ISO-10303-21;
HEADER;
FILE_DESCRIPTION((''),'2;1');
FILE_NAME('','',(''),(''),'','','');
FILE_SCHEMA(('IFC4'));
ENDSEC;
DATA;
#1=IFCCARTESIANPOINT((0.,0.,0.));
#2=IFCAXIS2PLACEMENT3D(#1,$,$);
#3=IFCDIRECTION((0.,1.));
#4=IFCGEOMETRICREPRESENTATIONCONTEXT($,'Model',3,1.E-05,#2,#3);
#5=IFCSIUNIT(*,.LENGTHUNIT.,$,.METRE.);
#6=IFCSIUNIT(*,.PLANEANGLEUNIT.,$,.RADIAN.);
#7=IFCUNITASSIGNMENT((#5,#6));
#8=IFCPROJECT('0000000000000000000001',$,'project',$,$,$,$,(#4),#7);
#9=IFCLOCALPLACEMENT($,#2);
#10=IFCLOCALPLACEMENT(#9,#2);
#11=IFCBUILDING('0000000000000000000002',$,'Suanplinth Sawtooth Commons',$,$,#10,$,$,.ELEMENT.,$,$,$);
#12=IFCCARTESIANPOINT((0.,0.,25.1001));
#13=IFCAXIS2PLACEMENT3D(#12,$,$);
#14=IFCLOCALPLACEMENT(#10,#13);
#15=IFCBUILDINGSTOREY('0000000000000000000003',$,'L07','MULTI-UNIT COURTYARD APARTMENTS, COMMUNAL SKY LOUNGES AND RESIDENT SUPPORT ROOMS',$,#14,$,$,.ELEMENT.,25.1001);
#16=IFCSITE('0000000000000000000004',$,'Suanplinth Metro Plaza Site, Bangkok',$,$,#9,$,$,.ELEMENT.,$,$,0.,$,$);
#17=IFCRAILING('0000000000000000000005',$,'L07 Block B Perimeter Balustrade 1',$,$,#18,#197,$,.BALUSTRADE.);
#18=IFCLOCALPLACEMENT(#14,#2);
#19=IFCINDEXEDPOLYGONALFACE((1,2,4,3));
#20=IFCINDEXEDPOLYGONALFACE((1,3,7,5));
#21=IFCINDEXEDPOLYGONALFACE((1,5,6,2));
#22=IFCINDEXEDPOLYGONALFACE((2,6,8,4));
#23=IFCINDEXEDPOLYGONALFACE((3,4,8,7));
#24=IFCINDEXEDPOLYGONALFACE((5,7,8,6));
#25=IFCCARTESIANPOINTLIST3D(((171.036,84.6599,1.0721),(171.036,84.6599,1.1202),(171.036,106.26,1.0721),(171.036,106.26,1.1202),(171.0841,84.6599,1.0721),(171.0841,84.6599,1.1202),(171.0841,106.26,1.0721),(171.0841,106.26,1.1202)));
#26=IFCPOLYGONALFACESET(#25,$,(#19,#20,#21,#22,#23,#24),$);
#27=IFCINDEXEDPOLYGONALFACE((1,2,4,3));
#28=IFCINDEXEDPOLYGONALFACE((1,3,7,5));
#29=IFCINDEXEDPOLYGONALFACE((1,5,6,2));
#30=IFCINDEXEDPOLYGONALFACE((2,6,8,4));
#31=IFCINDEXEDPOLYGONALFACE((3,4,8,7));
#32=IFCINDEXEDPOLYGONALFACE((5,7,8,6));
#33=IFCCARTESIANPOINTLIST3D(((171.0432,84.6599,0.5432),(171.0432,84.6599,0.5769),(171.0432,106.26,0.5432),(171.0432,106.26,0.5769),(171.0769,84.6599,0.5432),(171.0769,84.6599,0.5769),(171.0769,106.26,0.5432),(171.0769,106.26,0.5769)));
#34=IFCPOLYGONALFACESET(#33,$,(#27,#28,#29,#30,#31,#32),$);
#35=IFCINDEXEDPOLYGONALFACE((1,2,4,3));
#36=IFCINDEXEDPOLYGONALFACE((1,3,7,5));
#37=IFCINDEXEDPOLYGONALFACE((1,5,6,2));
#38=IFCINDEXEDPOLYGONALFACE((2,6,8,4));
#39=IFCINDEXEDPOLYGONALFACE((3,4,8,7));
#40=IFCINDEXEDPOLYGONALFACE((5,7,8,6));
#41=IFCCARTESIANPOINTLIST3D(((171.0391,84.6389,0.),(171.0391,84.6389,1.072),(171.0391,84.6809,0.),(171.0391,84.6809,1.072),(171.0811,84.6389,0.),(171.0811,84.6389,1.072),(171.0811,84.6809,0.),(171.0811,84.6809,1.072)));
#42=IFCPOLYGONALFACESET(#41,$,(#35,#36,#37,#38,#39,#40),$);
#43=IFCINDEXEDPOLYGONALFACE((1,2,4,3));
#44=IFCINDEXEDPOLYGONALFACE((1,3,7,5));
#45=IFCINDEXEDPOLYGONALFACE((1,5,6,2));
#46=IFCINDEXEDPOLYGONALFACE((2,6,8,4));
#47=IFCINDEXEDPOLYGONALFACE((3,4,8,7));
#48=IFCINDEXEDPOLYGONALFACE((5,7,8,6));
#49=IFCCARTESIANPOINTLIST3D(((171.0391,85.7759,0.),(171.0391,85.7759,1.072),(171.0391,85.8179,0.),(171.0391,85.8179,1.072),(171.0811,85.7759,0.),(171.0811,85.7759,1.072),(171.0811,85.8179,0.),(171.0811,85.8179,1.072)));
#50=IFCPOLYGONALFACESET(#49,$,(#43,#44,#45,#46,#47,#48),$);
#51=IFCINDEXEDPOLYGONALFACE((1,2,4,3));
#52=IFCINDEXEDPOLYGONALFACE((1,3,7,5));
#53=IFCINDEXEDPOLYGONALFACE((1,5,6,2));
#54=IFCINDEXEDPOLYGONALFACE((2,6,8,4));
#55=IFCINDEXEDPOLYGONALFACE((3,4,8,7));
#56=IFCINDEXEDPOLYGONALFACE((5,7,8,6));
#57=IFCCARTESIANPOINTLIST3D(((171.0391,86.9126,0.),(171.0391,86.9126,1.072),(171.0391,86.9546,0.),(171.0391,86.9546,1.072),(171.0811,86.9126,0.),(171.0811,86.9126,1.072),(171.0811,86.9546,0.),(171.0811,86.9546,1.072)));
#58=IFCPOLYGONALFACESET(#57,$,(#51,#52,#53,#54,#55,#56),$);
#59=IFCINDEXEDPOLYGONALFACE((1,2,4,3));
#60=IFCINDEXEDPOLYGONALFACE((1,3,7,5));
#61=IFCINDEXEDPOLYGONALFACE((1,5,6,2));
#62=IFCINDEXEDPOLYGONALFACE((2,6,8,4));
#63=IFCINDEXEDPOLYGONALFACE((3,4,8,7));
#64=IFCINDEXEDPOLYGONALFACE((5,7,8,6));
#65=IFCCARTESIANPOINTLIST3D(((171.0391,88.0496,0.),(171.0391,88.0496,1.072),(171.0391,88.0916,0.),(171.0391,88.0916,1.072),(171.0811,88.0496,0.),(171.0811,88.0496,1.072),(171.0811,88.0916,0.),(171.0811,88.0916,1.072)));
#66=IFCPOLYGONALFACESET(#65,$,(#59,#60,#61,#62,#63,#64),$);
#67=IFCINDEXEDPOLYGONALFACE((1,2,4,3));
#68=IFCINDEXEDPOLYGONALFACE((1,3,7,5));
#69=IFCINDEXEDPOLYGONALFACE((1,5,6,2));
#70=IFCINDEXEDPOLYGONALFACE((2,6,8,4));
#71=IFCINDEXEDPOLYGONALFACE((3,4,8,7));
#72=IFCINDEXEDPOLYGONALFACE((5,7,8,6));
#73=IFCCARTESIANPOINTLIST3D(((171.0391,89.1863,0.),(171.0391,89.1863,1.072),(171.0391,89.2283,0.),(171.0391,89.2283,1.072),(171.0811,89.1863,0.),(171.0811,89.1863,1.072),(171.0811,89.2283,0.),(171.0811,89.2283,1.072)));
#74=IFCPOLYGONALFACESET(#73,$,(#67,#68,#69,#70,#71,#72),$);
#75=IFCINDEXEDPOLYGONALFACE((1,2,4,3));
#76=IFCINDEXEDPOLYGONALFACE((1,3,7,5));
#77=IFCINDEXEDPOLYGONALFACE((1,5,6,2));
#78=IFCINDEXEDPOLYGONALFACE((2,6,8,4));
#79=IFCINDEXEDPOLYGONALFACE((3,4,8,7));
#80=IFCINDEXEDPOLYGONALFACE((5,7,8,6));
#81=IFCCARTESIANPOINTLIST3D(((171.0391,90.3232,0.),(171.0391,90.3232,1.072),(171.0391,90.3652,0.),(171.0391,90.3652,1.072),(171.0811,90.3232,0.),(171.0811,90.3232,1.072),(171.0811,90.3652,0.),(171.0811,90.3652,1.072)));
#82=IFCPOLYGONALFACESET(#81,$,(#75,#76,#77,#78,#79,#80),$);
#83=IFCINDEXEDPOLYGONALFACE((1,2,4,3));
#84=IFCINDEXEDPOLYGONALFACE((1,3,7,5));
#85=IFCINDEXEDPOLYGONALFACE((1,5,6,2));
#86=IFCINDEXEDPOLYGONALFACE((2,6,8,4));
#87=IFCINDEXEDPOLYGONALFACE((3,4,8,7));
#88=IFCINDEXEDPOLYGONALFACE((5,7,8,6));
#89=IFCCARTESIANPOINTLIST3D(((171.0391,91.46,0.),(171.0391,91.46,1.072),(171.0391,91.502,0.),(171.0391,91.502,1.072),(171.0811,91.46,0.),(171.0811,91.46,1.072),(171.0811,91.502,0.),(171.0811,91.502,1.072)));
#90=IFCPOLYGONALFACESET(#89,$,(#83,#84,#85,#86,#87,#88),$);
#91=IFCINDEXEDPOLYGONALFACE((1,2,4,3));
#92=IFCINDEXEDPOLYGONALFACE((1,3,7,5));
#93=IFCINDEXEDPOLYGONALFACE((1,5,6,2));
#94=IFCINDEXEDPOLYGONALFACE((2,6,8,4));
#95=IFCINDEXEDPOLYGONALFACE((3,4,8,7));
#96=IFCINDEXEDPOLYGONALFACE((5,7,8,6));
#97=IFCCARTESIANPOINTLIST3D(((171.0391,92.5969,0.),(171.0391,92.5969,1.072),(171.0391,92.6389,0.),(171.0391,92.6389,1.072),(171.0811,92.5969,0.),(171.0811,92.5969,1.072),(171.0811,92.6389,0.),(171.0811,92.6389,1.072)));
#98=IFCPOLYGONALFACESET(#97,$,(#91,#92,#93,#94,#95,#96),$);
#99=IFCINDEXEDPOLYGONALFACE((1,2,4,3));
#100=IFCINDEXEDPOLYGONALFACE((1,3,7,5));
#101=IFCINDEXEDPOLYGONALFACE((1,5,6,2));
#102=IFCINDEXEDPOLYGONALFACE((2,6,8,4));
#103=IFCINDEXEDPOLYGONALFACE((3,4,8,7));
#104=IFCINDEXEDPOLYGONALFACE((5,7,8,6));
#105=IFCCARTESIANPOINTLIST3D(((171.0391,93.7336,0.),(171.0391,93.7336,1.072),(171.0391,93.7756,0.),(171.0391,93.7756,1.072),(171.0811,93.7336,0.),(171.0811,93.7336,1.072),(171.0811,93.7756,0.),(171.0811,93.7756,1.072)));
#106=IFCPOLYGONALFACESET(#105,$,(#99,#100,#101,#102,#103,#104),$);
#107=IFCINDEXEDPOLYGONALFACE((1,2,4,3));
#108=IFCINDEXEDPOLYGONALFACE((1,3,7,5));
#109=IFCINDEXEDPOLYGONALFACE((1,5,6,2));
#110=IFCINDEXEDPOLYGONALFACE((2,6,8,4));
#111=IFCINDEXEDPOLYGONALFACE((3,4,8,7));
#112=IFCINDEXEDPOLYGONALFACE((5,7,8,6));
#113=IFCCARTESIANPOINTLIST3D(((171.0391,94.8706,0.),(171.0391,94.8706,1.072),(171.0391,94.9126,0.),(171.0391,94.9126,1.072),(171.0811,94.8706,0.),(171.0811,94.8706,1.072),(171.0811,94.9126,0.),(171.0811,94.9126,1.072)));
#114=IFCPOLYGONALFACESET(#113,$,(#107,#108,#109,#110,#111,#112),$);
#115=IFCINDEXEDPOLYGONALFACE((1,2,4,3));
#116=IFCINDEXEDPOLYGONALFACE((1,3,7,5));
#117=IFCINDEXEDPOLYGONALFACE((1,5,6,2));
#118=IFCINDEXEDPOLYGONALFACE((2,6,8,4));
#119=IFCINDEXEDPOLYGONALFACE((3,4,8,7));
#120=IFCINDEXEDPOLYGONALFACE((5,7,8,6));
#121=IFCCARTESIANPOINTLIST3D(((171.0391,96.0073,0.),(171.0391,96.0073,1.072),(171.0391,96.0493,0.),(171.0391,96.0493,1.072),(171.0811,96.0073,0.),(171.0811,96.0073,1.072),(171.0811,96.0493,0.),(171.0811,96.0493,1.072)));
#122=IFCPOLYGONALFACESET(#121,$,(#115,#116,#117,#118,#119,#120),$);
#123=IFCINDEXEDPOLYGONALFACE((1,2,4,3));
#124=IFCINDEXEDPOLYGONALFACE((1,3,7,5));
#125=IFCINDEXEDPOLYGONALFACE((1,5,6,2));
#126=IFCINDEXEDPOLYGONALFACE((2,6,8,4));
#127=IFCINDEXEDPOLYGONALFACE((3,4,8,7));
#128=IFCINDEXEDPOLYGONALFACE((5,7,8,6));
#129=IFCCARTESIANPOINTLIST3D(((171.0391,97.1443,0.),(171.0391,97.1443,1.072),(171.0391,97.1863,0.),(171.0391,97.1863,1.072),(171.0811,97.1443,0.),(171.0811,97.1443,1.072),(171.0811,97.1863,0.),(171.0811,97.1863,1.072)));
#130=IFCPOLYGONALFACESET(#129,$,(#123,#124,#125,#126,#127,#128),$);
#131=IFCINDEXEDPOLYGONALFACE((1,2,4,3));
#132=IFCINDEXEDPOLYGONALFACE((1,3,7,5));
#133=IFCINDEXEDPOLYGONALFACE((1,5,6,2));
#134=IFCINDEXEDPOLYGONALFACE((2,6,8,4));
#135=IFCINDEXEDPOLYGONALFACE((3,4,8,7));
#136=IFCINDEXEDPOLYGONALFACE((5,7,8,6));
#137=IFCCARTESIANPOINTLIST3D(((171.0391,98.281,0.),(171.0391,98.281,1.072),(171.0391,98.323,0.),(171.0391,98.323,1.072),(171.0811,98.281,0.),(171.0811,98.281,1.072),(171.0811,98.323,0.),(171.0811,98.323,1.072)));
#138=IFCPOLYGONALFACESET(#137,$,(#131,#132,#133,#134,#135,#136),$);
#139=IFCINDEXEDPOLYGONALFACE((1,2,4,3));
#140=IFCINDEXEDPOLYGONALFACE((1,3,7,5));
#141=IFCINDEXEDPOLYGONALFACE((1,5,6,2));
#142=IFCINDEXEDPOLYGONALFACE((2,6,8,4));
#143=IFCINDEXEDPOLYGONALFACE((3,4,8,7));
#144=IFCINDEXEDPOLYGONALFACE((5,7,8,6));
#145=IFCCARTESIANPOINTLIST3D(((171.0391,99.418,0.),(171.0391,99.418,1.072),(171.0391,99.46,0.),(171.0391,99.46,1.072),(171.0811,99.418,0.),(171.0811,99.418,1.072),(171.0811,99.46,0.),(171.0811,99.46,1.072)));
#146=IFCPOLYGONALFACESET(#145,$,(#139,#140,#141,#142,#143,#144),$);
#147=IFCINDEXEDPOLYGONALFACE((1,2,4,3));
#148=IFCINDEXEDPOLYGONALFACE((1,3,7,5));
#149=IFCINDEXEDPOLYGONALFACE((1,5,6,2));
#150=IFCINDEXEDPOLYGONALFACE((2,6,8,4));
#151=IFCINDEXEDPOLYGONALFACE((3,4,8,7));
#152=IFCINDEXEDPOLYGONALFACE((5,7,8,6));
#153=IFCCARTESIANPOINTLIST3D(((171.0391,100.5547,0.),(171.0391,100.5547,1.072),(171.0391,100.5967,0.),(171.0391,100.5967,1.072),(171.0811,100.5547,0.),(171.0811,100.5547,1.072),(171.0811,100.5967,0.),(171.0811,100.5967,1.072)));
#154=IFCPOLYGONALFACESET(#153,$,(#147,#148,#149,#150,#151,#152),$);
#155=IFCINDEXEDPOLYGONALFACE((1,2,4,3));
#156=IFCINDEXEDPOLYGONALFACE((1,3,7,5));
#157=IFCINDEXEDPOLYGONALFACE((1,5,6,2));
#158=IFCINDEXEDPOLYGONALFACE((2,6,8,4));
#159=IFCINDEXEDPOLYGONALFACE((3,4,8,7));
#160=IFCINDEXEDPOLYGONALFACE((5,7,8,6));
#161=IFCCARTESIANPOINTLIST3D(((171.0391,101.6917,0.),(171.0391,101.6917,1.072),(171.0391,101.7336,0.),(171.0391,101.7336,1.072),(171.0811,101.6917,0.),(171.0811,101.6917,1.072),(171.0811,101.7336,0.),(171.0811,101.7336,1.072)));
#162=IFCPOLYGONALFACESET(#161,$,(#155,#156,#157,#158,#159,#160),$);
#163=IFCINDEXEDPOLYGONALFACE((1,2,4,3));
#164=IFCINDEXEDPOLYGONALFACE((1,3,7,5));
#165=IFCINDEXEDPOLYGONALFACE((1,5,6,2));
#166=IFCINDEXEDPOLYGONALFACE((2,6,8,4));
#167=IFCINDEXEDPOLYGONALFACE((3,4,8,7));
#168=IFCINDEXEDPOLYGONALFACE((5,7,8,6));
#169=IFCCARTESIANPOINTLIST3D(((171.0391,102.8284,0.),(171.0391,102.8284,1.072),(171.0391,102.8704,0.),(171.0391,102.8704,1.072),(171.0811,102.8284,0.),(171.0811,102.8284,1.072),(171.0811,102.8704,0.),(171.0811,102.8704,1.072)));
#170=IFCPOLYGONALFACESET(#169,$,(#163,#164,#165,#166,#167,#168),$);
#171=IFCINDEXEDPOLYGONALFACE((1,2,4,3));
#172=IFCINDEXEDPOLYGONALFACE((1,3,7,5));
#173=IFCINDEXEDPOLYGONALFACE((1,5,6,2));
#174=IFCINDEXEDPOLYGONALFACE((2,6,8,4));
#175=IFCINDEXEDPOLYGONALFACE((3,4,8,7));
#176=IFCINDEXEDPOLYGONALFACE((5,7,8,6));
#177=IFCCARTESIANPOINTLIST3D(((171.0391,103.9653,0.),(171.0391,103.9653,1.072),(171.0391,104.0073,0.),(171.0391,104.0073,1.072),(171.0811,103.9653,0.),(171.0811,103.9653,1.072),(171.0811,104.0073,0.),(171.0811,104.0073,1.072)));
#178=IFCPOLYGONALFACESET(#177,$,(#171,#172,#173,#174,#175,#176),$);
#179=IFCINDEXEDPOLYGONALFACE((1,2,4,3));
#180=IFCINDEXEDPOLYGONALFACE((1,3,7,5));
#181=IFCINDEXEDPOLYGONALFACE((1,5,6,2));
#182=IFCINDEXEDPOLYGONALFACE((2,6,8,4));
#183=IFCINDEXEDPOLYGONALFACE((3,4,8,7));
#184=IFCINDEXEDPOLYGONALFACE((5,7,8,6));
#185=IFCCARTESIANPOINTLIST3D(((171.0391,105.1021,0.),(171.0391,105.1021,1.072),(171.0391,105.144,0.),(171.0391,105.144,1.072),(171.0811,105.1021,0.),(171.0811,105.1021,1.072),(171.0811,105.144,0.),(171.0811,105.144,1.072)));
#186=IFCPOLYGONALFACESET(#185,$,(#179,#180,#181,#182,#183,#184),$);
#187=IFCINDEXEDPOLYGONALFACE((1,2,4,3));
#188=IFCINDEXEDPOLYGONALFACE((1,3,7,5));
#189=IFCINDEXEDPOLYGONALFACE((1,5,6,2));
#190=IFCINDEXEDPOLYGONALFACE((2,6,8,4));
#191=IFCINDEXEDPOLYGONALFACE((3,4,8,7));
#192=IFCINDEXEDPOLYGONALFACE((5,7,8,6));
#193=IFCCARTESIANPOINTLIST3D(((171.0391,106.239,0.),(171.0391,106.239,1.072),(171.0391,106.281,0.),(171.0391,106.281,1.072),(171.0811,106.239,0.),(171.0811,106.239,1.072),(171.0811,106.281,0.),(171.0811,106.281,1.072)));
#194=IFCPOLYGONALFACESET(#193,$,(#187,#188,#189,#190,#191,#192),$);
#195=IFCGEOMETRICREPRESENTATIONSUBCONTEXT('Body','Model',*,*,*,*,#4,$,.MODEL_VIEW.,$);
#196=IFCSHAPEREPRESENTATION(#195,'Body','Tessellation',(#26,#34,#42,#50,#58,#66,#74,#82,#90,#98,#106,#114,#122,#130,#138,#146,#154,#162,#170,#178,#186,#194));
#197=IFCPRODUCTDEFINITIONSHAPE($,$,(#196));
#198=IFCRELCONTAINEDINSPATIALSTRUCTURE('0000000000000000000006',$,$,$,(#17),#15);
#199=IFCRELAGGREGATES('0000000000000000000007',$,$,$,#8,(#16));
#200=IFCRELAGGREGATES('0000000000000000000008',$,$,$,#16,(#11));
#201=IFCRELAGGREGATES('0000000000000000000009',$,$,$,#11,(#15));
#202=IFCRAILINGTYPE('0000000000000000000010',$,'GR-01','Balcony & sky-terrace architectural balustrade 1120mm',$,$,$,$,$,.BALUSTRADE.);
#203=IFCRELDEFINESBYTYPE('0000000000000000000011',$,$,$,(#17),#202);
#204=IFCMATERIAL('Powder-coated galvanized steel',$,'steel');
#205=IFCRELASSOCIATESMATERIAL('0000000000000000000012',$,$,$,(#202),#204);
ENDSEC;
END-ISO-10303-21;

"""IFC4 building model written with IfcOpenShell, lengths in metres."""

from ifc_helpers import new_model, si_unit, direction, frame, origin, origin_2d, place, context, subcontext, project, spatial, rectangle, extrude, material, type_object, element, save


model = new_model("IFC4")

# Units and contexts
model_context = context("Model", 3, precision=1e-05, world=origin(), true_north=direction((0.0, 1.0)))
body_context = subcontext(model_context, "Body", "Model", "MODEL_VIEW")
ifc_project = project(units=[si_unit("LENGTHUNIT", "METRE"), si_unit("PLANEANGLEUNIT", "RADIAN")], contexts=[model_context])

# Site, building, storey
site_placement = place(None, origin())
site = spatial("IfcSite", under=ifc_project, at=site_placement, Name="Suanplinth Metro Plaza Site, Bangkok", CompositionType="ELEMENT", RefElevation=0.0)
building_placement = place(site_placement, origin())
building = spatial("IfcBuilding", under=site, at=building_placement, Name="Suanplinth Sawtooth Commons", CompositionType="ELEMENT")
storey_placement = place(building_placement, frame((0.0, 0.0, 25.1001)))
storey = spatial("IfcBuildingStorey", under=building, at=storey_placement, Name="L07", Description="MULTI-UNIT COURTYARD APARTMENTS, COMMUNAL SKY LOUNGES AND RESIDENT SUPPORT ROOMS", CompositionType="ELEMENT", Elevation=25.1001)

# Railing
ifc_material_1 = material(Name="Powder-coated galvanized steel", Category="steel")
railing_type = type_object("IfcRailingType", Name="GR-01", Description="Balcony & sky-terrace architectural balustrade 1120mm", PredefinedType="BALUSTRADE", material=ifc_material_1)
railing_1_placement = place(storey_placement, frame((171.0601, 84.6599, 0.0)))
element("IfcRailing", 1, at=railing_1_placement, inside=storey, type_object=railing_type, Name="L07 Block B Perimeter Balustrade 1", PredefinedType="BALUSTRADE", context=body_context, shape_type="SweptSolid", body=[
    extrude(rectangle(XDim=0.0481, YDim=0.0481, at=origin_2d()), frame((0.0, 0.0, 1.0962), z_axis=(0.0, 1.0, 0.0), x_axis=(-1.0, 0.0, 0.0)), (0.0, 0.0, 1.0), 21.6001),
    extrude(rectangle(XDim=0.0337, YDim=0.0337, at=origin_2d()), frame((0.0, 0.0, 0.5601), z_axis=(0.0, 1.0, 0.0), x_axis=(-1.0, 0.0, 0.0)), (0.0, 0.0, 1.0), 21.6001),
    extrude(rectangle(XDim=0.042, YDim=0.042, at=origin_2d()), origin(), (0.0, 0.0, 1.0), 1.072),
    extrude(rectangle(XDim=0.042, YDim=0.042, at=origin_2d()), frame((0.0, 1.137, 0.0)), (0.0, 0.0, 1.0), 1.072),
    extrude(rectangle(XDim=0.042, YDim=0.042, at=origin_2d()), frame((0.0, 2.2737, 0.0)), (0.0, 0.0, 1.0), 1.072),
    extrude(rectangle(XDim=0.042, YDim=0.042, at=origin_2d()), frame((0.0, 3.4106, 0.0)), (0.0, 0.0, 1.0), 1.072),
    extrude(rectangle(XDim=0.042, YDim=0.042, at=origin_2d()), frame((0.0, 4.5474, 0.0)), (0.0, 0.0, 1.0), 1.072),
    extrude(rectangle(XDim=0.042, YDim=0.042, at=origin_2d()), frame((0.0, 5.6843, 0.0)), (0.0, 0.0, 1.0), 1.072),
    extrude(rectangle(XDim=0.042, YDim=0.042, at=origin_2d()), frame((0.0, 6.821, 0.0)), (0.0, 0.0, 1.0), 1.072),
    extrude(rectangle(XDim=0.042, YDim=0.042, at=origin_2d()), frame((0.0, 7.958, 0.0)), (0.0, 0.0, 1.0), 1.072),
    extrude(rectangle(XDim=0.042, YDim=0.042, at=origin_2d()), frame((0.0, 9.0947, 0.0)), (0.0, 0.0, 1.0), 1.072),
    extrude(rectangle(XDim=0.042, YDim=0.042, at=origin_2d()), frame((0.0, 10.2317, 0.0)), (0.0, 0.0, 1.0), 1.072),
    extrude(rectangle(XDim=0.042, YDim=0.042, at=origin_2d()), frame((0.0, 11.3684, 0.0)), (0.0, 0.0, 1.0), 1.072),
    extrude(rectangle(XDim=0.042, YDim=0.042, at=origin_2d()), frame((0.0, 12.5054, 0.0)), (0.0, 0.0, 1.0), 1.072),
    extrude(rectangle(XDim=0.042, YDim=0.042, at=origin_2d()), frame((0.0, 13.6421, 0.0)), (0.0, 0.0, 1.0), 1.072),
    extrude(rectangle(XDim=0.042, YDim=0.042, at=origin_2d()), frame((0.0, 14.7791, 0.0)), (0.0, 0.0, 1.0), 1.072),
    extrude(rectangle(XDim=0.042, YDim=0.042, at=origin_2d()), frame((0.0, 15.9158, 0.0)), (0.0, 0.0, 1.0), 1.072),
    extrude(rectangle(XDim=0.042, YDim=0.042, at=origin_2d()), frame((0.0, 17.0527, 0.0)), (0.0, 0.0, 1.0), 1.072),
    extrude(rectangle(XDim=0.042, YDim=0.042, at=origin_2d()), frame((0.0, 18.1895, 0.0)), (0.0, 0.0, 1.0), 1.072),
    extrude(rectangle(XDim=0.042, YDim=0.042, at=origin_2d()), frame((0.0, 19.3264, 0.0)), (0.0, 0.0, 1.0), 1.072),
    extrude(rectangle(XDim=0.042, YDim=0.042, at=origin_2d()), frame((0.0, 20.4631, 0.0)), (0.0, 0.0, 1.0), 1.072),
    extrude(rectangle(XDim=0.042, YDim=0.042, at=origin_2d()), frame((0.0, 21.6001, 0.0)), (0.0, 0.0, 1.0), 1.072),
])

save(model, "model.ifc")
